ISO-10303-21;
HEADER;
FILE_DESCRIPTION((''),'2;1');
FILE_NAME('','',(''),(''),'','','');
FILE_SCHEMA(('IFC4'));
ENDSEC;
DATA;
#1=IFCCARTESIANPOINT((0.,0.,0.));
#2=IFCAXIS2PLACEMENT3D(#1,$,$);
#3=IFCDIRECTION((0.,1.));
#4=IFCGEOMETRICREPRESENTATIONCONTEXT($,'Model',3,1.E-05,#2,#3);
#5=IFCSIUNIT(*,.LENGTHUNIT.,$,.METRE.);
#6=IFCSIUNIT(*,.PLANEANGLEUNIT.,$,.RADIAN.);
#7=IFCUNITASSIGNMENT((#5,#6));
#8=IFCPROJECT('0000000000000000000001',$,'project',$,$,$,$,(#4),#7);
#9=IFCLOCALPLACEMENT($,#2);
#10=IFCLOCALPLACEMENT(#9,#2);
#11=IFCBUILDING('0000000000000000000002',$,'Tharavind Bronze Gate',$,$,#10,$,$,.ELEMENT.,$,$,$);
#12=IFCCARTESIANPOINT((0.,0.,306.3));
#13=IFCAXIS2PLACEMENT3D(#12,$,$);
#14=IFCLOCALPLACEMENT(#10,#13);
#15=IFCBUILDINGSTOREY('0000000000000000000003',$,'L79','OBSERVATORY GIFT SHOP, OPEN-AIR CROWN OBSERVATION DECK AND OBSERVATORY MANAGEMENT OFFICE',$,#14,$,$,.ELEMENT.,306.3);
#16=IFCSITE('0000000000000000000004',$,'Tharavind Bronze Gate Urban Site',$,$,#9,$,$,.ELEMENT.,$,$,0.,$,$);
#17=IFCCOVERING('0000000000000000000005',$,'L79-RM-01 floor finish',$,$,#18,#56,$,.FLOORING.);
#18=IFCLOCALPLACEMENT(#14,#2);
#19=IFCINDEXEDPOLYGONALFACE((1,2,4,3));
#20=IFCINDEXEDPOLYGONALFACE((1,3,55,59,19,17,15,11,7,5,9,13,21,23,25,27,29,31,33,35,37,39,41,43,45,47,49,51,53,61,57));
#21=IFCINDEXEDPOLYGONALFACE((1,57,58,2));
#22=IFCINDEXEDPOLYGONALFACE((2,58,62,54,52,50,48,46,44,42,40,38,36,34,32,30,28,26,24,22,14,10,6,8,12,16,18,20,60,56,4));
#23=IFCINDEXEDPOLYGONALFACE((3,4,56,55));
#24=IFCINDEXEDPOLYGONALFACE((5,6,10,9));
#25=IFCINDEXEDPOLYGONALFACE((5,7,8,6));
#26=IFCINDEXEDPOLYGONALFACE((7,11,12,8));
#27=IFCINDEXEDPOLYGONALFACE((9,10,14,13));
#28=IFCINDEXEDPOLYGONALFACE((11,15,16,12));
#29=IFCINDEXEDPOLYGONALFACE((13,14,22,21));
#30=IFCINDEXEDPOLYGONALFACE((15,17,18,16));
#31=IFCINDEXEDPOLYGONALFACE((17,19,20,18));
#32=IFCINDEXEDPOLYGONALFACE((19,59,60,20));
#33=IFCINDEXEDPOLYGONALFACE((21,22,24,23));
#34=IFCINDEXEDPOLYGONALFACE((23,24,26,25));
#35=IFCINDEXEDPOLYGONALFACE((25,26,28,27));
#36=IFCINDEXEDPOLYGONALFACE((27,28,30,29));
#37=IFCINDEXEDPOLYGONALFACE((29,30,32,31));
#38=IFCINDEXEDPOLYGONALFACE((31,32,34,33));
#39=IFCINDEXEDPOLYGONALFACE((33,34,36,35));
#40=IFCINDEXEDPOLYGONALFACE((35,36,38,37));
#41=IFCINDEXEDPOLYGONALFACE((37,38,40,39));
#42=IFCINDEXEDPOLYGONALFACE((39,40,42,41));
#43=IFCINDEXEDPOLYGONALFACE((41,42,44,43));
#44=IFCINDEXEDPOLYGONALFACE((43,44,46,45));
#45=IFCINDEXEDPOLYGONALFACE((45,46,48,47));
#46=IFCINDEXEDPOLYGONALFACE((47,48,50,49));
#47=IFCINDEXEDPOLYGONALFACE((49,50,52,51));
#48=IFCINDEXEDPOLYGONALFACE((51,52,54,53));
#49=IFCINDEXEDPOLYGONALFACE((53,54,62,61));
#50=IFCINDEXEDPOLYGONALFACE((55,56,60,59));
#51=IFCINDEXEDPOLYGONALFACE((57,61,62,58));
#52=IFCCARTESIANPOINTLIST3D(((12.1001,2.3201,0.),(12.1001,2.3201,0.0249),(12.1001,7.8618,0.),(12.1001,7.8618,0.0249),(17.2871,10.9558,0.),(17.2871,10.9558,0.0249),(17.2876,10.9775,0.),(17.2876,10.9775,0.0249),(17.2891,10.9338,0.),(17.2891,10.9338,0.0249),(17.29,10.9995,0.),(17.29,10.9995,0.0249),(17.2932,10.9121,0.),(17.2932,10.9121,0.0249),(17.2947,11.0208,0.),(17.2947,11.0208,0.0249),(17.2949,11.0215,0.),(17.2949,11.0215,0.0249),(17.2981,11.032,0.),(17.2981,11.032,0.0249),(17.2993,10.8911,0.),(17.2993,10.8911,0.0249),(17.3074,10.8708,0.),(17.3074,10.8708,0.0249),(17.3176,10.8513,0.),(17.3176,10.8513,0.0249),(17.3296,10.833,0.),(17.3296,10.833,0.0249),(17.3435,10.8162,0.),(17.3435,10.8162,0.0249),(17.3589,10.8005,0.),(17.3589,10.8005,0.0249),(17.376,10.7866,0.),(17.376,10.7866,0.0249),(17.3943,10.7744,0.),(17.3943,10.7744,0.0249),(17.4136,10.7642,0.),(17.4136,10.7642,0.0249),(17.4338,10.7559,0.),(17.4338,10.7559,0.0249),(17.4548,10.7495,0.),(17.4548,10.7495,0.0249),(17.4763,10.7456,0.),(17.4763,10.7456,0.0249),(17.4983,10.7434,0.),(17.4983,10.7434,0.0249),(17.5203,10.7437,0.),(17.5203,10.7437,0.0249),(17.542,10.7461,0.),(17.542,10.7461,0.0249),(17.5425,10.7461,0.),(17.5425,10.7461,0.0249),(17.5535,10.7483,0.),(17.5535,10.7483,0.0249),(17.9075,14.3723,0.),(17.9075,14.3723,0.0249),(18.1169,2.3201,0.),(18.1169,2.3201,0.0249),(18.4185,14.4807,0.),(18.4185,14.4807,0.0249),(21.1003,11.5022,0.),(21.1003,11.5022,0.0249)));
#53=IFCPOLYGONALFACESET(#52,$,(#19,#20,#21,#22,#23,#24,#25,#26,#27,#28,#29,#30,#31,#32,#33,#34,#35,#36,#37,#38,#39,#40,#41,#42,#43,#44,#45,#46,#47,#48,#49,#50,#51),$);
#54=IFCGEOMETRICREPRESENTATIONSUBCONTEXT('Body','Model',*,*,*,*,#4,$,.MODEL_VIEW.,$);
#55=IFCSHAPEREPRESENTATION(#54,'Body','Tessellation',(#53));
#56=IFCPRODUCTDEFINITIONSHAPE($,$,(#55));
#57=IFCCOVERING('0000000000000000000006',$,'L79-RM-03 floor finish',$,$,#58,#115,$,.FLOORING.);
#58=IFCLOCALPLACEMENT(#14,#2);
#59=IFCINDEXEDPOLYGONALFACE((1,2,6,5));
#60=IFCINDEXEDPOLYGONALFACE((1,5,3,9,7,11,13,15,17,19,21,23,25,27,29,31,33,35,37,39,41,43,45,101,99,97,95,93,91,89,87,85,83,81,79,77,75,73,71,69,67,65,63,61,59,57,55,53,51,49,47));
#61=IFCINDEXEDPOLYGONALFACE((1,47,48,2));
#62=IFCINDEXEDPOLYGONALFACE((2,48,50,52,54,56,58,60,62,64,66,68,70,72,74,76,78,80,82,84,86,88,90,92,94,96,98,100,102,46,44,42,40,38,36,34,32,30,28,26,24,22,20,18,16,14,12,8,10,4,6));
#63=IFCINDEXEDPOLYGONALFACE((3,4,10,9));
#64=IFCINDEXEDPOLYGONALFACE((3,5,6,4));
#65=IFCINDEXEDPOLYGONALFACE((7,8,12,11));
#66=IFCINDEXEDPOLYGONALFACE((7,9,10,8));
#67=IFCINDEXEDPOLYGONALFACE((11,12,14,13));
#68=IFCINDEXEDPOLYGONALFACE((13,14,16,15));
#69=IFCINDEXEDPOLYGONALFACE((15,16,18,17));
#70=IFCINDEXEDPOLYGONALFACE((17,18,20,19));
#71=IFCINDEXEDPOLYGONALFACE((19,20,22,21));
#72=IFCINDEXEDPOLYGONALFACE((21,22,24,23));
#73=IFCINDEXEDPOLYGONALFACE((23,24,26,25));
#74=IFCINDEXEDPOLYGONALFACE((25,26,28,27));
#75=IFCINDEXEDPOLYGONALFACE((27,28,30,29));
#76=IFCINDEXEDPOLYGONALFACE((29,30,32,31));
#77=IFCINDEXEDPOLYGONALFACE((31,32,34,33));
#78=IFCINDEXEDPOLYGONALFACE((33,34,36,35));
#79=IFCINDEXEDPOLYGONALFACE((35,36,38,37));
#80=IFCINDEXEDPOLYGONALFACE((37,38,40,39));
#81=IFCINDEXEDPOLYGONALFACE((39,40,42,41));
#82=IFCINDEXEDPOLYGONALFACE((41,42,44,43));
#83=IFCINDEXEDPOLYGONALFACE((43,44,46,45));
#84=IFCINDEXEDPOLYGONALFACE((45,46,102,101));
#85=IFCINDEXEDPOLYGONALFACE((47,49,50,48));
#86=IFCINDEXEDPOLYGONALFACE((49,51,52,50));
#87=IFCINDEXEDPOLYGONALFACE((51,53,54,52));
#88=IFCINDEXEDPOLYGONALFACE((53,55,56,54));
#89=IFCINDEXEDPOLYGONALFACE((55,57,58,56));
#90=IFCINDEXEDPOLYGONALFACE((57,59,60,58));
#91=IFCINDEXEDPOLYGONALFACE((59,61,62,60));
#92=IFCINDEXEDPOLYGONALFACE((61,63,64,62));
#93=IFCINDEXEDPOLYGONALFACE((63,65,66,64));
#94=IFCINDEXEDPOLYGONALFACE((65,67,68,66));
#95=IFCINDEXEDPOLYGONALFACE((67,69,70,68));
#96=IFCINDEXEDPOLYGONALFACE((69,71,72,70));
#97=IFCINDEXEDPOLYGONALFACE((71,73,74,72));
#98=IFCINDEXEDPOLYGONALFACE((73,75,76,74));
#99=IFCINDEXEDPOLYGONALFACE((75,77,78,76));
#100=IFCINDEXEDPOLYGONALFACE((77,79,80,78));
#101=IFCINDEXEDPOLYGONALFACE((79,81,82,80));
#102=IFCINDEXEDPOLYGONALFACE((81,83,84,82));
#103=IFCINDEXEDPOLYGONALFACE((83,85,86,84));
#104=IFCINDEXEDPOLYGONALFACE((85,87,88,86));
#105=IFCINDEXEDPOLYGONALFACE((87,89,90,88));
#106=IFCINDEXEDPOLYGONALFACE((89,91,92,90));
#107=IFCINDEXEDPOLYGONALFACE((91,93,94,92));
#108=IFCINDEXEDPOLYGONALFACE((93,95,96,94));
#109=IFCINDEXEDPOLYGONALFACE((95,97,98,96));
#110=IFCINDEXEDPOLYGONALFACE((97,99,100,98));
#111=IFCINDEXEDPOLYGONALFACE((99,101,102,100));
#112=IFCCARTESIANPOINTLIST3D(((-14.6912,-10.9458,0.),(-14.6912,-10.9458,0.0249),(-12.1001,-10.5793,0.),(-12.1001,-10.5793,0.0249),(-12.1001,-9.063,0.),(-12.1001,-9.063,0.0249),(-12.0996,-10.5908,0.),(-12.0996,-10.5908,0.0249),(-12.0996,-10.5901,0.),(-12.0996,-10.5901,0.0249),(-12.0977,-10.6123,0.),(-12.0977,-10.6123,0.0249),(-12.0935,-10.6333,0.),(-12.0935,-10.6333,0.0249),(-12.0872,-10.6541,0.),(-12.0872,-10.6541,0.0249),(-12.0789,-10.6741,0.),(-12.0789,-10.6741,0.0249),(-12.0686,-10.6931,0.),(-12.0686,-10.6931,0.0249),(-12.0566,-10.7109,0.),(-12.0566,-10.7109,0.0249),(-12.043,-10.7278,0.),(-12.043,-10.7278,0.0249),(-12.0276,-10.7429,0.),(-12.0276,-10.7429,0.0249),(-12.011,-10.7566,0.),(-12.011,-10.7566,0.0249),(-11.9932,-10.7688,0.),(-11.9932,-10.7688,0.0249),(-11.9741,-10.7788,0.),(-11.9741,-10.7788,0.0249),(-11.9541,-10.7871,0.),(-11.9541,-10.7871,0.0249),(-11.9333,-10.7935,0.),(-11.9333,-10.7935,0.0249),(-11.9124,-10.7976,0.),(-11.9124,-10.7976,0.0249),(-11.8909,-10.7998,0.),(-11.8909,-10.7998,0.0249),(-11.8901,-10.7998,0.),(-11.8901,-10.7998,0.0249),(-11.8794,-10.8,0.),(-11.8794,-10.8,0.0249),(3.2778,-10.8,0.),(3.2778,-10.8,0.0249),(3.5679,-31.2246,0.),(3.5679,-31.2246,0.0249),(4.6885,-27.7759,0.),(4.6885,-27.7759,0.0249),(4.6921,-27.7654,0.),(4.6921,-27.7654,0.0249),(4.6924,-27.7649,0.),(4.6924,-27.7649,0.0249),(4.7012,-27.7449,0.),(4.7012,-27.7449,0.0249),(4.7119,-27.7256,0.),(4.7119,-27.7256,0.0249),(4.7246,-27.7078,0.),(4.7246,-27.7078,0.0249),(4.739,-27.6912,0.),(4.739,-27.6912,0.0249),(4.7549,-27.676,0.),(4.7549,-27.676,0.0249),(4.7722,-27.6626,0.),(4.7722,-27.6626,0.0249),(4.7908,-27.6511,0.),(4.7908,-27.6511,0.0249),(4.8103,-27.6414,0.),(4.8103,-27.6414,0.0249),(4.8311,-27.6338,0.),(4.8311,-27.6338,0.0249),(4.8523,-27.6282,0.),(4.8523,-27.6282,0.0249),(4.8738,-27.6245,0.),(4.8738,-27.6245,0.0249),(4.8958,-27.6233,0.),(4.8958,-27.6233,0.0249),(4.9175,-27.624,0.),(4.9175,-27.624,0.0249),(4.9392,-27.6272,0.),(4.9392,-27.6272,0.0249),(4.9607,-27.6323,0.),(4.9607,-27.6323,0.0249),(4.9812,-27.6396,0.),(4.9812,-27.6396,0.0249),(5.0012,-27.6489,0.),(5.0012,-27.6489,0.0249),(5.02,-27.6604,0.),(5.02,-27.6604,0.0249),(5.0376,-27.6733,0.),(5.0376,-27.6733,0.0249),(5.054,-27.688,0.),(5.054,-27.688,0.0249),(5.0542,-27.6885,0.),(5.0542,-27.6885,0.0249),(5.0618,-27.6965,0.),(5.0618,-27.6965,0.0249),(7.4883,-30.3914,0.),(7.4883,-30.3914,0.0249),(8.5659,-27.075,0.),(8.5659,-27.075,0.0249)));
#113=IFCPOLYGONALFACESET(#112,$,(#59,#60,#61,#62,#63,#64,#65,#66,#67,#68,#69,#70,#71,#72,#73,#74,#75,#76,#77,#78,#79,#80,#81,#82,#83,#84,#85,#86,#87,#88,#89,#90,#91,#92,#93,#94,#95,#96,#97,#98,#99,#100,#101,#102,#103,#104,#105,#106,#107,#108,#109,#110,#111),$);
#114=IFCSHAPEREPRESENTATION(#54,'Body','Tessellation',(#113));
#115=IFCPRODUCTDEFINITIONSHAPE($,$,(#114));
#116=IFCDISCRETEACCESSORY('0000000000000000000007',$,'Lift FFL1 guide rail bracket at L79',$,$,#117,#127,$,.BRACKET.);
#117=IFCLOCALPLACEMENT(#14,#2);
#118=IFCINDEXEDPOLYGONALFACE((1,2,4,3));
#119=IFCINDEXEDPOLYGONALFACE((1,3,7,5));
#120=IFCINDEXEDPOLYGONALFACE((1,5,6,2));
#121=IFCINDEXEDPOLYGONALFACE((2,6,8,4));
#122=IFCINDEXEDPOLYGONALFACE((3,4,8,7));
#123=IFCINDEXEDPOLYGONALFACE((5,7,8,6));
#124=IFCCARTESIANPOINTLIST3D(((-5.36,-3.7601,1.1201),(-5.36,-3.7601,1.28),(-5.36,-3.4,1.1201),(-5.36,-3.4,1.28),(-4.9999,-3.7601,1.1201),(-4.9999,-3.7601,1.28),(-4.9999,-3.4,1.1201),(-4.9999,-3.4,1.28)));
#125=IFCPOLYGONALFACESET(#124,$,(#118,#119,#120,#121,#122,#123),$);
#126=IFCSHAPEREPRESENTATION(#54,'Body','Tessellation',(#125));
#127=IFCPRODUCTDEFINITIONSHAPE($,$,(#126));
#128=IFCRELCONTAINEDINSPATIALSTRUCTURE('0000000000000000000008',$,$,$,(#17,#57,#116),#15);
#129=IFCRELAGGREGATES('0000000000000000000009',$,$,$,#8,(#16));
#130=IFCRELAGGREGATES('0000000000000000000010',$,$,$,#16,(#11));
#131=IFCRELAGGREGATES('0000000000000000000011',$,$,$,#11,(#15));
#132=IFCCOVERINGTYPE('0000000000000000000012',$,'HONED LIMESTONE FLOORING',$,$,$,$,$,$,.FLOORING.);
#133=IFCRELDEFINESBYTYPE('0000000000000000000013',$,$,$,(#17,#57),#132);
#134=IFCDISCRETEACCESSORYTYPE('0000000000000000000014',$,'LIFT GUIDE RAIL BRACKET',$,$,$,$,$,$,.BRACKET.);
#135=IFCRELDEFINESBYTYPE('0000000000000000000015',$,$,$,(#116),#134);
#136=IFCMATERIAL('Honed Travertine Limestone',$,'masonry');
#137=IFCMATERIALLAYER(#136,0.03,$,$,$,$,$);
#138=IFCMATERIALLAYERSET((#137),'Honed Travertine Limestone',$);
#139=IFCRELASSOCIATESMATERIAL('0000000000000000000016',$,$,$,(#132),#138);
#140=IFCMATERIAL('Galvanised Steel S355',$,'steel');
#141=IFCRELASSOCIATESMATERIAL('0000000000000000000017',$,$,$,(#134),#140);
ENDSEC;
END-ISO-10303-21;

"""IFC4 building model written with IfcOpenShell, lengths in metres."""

from ifc_helpers import new_model, si_unit, direction, frame, origin, origin_2d, place, context, subcontext, project, spatial, polyline, rectangle, outline, extrude, material, layer, layer_set, type_object, element, save


model = new_model("IFC4")

# Units and contexts
model_context = context("Model", 3, precision=1e-05, world=origin(), true_north=direction((0.0, 1.0)))
body_context = subcontext(model_context, "Body", "Model", "MODEL_VIEW")
ifc_project = project(units=[si_unit("LENGTHUNIT", "METRE"), si_unit("PLANEANGLEUNIT", "RADIAN")], contexts=[model_context])

# Site, building, storey
site_placement = place(None, origin())
site = spatial("IfcSite", under=ifc_project, at=site_placement, Name="Tharavind Bronze Gate Urban Site", CompositionType="ELEMENT", RefElevation=0.0)
building_placement = place(site_placement, origin())
building = spatial("IfcBuilding", under=site, at=building_placement, Name="Tharavind Bronze Gate", CompositionType="ELEMENT")
storey_placement = place(building_placement, frame((0.0, 0.0, 306.3)))
storey = spatial("IfcBuildingStorey", under=building, at=storey_placement, Name="L79", Description="OBSERVATORY GIFT SHOP, OPEN-AIR CROWN OBSERVATION DECK AND OBSERVATORY MANAGEMENT OFFICE", CompositionType="ELEMENT", Elevation=306.3)

# Coverings
ifc_material_1 = material(Name="Honed Travertine Limestone", Category="masonry")
ifc_layer_1 = layer(ifc_material_1, 0.03)
ifc_layer_set_1 = layer_set([ifc_layer_1], Name="Honed Travertine Limestone")
covering_type_1 = type_object("IfcCoveringType", Name="HONED LIMESTONE FLOORING", PredefinedType="FLOORING", material=ifc_layer_set_1)
covering_1_placement = place(storey_placement, origin())
element("IfcCovering", 1, at=covering_1_placement, inside=storey, type_object=covering_type_1, Name="L79-RM-01 floor finish", PredefinedType="FLOORING", context=body_context, shape_type="SweptSolid", body=[
    extrude(outline(polyline([(18.1169, 2.3201), (21.1003, 11.5022), (17.5535, 10.7483), (17.5425, 10.7461), (17.542, 10.7461), (17.5203, 10.7437), (17.4983, 10.7434), (17.4763, 10.7456), (17.4548, 10.7495), (17.4338, 10.7559), (17.4136, 10.7642), (17.3943, 10.7744), (17.376, 10.7866), (17.3589, 10.8005), (17.3435, 10.8162), (17.3296, 10.833), (17.3176, 10.8513), (17.3074, 10.8708), (17.2993, 10.8911), (17.2932, 10.9121), (17.2891, 10.9338), (17.2871, 10.9558), (17.2876, 10.9775), (17.29, 10.9995), (17.2947, 11.0208), (17.2949, 11.0215), (17.2981, 11.032), (18.4185, 14.4807), (17.9075, 14.3723), (12.1001, 7.8618), (12.1001, 2.3201), (18.1169, 2.3201)])), origin(), (0.0, 0.0, 1.0), 0.0249),
])
covering_2_placement = place(storey_placement, origin())
element("IfcCovering", 2, at=covering_2_placement, inside=storey, type_object=covering_type_1, Name="L79-RM-03 floor finish", PredefinedType="FLOORING", context=body_context, shape_type="SweptSolid", body=[
    extrude(outline(polyline([(3.5679, -31.2246), (4.6885, -27.7759), (4.6921, -27.7654), (4.6924, -27.7649), (4.7012, -27.7449), (4.7119, -27.7256), (4.7246, -27.7078), (4.739, -27.6912), (4.7549, -27.676), (4.7722, -27.6626), (4.7908, -27.6511), (4.8103, -27.6414), (4.8311, -27.6338), (4.8523, -27.6282), (4.8738, -27.6245), (4.8958, -27.6233), (4.9175, -27.624), (4.9392, -27.6272), (4.9607, -27.6323), (4.9812, -27.6396), (5.0012, -27.6489), (5.02, -27.6604), (5.0376, -27.6733), (5.054, -27.688), (5.0542, -27.6885), (5.0618, -27.6965), (7.4883, -30.3914), (8.5659, -27.075), (3.2778, -10.8), (-11.8794, -10.8), (-11.8901, -10.7998), (-11.8909, -10.7998), (-11.9124, -10.7976), (-11.9333, -10.7935), (-11.9541, -10.7871), (-11.9741, -10.7788), (-11.9932, -10.7688), (-12.011, -10.7566), (-12.0276, -10.7429), (-12.043, -10.7278), (-12.0566, -10.7109), (-12.0686, -10.6931), (-12.0789, -10.6741), (-12.0872, -10.6541), (-12.0935, -10.6333), (-12.0977, -10.6123), (-12.0996, -10.5908), (-12.0996, -10.5901), (-12.1001, -10.5793), (-12.1001, -9.063), (-14.6912, -10.9458), (3.5679, -31.2246)])), origin(), (0.0, 0.0, 1.0), 0.0249),
])

# Discrete accessory
ifc_material_2 = material(Name="Galvanised Steel S355", Category="steel")
discrete_accessory_type = type_object("IfcDiscreteAccessoryType", Name="LIFT GUIDE RAIL BRACKET", PredefinedType="BRACKET", material=ifc_material_2)
discrete_accessory_placement = place(storey_placement, frame((-5.1799, -3.5801, 1.1201), z_axis=(0.0, 0.0, 1.0), x_axis=(1.0, 0.0, 0.0)))
element("IfcDiscreteAccessory", 3, at=discrete_accessory_placement, inside=storey, type_object=discrete_accessory_type, Name="Lift FFL1 guide rail bracket at L79", PredefinedType="BRACKET", context=body_context, shape_type="SweptSolid", body=[
    extrude(rectangle(XDim=0.3601, YDim=0.3601, at=origin_2d()), origin(), (0.0, 0.0, 1.0), 0.1599),
])

save(model, "model.ifc")
